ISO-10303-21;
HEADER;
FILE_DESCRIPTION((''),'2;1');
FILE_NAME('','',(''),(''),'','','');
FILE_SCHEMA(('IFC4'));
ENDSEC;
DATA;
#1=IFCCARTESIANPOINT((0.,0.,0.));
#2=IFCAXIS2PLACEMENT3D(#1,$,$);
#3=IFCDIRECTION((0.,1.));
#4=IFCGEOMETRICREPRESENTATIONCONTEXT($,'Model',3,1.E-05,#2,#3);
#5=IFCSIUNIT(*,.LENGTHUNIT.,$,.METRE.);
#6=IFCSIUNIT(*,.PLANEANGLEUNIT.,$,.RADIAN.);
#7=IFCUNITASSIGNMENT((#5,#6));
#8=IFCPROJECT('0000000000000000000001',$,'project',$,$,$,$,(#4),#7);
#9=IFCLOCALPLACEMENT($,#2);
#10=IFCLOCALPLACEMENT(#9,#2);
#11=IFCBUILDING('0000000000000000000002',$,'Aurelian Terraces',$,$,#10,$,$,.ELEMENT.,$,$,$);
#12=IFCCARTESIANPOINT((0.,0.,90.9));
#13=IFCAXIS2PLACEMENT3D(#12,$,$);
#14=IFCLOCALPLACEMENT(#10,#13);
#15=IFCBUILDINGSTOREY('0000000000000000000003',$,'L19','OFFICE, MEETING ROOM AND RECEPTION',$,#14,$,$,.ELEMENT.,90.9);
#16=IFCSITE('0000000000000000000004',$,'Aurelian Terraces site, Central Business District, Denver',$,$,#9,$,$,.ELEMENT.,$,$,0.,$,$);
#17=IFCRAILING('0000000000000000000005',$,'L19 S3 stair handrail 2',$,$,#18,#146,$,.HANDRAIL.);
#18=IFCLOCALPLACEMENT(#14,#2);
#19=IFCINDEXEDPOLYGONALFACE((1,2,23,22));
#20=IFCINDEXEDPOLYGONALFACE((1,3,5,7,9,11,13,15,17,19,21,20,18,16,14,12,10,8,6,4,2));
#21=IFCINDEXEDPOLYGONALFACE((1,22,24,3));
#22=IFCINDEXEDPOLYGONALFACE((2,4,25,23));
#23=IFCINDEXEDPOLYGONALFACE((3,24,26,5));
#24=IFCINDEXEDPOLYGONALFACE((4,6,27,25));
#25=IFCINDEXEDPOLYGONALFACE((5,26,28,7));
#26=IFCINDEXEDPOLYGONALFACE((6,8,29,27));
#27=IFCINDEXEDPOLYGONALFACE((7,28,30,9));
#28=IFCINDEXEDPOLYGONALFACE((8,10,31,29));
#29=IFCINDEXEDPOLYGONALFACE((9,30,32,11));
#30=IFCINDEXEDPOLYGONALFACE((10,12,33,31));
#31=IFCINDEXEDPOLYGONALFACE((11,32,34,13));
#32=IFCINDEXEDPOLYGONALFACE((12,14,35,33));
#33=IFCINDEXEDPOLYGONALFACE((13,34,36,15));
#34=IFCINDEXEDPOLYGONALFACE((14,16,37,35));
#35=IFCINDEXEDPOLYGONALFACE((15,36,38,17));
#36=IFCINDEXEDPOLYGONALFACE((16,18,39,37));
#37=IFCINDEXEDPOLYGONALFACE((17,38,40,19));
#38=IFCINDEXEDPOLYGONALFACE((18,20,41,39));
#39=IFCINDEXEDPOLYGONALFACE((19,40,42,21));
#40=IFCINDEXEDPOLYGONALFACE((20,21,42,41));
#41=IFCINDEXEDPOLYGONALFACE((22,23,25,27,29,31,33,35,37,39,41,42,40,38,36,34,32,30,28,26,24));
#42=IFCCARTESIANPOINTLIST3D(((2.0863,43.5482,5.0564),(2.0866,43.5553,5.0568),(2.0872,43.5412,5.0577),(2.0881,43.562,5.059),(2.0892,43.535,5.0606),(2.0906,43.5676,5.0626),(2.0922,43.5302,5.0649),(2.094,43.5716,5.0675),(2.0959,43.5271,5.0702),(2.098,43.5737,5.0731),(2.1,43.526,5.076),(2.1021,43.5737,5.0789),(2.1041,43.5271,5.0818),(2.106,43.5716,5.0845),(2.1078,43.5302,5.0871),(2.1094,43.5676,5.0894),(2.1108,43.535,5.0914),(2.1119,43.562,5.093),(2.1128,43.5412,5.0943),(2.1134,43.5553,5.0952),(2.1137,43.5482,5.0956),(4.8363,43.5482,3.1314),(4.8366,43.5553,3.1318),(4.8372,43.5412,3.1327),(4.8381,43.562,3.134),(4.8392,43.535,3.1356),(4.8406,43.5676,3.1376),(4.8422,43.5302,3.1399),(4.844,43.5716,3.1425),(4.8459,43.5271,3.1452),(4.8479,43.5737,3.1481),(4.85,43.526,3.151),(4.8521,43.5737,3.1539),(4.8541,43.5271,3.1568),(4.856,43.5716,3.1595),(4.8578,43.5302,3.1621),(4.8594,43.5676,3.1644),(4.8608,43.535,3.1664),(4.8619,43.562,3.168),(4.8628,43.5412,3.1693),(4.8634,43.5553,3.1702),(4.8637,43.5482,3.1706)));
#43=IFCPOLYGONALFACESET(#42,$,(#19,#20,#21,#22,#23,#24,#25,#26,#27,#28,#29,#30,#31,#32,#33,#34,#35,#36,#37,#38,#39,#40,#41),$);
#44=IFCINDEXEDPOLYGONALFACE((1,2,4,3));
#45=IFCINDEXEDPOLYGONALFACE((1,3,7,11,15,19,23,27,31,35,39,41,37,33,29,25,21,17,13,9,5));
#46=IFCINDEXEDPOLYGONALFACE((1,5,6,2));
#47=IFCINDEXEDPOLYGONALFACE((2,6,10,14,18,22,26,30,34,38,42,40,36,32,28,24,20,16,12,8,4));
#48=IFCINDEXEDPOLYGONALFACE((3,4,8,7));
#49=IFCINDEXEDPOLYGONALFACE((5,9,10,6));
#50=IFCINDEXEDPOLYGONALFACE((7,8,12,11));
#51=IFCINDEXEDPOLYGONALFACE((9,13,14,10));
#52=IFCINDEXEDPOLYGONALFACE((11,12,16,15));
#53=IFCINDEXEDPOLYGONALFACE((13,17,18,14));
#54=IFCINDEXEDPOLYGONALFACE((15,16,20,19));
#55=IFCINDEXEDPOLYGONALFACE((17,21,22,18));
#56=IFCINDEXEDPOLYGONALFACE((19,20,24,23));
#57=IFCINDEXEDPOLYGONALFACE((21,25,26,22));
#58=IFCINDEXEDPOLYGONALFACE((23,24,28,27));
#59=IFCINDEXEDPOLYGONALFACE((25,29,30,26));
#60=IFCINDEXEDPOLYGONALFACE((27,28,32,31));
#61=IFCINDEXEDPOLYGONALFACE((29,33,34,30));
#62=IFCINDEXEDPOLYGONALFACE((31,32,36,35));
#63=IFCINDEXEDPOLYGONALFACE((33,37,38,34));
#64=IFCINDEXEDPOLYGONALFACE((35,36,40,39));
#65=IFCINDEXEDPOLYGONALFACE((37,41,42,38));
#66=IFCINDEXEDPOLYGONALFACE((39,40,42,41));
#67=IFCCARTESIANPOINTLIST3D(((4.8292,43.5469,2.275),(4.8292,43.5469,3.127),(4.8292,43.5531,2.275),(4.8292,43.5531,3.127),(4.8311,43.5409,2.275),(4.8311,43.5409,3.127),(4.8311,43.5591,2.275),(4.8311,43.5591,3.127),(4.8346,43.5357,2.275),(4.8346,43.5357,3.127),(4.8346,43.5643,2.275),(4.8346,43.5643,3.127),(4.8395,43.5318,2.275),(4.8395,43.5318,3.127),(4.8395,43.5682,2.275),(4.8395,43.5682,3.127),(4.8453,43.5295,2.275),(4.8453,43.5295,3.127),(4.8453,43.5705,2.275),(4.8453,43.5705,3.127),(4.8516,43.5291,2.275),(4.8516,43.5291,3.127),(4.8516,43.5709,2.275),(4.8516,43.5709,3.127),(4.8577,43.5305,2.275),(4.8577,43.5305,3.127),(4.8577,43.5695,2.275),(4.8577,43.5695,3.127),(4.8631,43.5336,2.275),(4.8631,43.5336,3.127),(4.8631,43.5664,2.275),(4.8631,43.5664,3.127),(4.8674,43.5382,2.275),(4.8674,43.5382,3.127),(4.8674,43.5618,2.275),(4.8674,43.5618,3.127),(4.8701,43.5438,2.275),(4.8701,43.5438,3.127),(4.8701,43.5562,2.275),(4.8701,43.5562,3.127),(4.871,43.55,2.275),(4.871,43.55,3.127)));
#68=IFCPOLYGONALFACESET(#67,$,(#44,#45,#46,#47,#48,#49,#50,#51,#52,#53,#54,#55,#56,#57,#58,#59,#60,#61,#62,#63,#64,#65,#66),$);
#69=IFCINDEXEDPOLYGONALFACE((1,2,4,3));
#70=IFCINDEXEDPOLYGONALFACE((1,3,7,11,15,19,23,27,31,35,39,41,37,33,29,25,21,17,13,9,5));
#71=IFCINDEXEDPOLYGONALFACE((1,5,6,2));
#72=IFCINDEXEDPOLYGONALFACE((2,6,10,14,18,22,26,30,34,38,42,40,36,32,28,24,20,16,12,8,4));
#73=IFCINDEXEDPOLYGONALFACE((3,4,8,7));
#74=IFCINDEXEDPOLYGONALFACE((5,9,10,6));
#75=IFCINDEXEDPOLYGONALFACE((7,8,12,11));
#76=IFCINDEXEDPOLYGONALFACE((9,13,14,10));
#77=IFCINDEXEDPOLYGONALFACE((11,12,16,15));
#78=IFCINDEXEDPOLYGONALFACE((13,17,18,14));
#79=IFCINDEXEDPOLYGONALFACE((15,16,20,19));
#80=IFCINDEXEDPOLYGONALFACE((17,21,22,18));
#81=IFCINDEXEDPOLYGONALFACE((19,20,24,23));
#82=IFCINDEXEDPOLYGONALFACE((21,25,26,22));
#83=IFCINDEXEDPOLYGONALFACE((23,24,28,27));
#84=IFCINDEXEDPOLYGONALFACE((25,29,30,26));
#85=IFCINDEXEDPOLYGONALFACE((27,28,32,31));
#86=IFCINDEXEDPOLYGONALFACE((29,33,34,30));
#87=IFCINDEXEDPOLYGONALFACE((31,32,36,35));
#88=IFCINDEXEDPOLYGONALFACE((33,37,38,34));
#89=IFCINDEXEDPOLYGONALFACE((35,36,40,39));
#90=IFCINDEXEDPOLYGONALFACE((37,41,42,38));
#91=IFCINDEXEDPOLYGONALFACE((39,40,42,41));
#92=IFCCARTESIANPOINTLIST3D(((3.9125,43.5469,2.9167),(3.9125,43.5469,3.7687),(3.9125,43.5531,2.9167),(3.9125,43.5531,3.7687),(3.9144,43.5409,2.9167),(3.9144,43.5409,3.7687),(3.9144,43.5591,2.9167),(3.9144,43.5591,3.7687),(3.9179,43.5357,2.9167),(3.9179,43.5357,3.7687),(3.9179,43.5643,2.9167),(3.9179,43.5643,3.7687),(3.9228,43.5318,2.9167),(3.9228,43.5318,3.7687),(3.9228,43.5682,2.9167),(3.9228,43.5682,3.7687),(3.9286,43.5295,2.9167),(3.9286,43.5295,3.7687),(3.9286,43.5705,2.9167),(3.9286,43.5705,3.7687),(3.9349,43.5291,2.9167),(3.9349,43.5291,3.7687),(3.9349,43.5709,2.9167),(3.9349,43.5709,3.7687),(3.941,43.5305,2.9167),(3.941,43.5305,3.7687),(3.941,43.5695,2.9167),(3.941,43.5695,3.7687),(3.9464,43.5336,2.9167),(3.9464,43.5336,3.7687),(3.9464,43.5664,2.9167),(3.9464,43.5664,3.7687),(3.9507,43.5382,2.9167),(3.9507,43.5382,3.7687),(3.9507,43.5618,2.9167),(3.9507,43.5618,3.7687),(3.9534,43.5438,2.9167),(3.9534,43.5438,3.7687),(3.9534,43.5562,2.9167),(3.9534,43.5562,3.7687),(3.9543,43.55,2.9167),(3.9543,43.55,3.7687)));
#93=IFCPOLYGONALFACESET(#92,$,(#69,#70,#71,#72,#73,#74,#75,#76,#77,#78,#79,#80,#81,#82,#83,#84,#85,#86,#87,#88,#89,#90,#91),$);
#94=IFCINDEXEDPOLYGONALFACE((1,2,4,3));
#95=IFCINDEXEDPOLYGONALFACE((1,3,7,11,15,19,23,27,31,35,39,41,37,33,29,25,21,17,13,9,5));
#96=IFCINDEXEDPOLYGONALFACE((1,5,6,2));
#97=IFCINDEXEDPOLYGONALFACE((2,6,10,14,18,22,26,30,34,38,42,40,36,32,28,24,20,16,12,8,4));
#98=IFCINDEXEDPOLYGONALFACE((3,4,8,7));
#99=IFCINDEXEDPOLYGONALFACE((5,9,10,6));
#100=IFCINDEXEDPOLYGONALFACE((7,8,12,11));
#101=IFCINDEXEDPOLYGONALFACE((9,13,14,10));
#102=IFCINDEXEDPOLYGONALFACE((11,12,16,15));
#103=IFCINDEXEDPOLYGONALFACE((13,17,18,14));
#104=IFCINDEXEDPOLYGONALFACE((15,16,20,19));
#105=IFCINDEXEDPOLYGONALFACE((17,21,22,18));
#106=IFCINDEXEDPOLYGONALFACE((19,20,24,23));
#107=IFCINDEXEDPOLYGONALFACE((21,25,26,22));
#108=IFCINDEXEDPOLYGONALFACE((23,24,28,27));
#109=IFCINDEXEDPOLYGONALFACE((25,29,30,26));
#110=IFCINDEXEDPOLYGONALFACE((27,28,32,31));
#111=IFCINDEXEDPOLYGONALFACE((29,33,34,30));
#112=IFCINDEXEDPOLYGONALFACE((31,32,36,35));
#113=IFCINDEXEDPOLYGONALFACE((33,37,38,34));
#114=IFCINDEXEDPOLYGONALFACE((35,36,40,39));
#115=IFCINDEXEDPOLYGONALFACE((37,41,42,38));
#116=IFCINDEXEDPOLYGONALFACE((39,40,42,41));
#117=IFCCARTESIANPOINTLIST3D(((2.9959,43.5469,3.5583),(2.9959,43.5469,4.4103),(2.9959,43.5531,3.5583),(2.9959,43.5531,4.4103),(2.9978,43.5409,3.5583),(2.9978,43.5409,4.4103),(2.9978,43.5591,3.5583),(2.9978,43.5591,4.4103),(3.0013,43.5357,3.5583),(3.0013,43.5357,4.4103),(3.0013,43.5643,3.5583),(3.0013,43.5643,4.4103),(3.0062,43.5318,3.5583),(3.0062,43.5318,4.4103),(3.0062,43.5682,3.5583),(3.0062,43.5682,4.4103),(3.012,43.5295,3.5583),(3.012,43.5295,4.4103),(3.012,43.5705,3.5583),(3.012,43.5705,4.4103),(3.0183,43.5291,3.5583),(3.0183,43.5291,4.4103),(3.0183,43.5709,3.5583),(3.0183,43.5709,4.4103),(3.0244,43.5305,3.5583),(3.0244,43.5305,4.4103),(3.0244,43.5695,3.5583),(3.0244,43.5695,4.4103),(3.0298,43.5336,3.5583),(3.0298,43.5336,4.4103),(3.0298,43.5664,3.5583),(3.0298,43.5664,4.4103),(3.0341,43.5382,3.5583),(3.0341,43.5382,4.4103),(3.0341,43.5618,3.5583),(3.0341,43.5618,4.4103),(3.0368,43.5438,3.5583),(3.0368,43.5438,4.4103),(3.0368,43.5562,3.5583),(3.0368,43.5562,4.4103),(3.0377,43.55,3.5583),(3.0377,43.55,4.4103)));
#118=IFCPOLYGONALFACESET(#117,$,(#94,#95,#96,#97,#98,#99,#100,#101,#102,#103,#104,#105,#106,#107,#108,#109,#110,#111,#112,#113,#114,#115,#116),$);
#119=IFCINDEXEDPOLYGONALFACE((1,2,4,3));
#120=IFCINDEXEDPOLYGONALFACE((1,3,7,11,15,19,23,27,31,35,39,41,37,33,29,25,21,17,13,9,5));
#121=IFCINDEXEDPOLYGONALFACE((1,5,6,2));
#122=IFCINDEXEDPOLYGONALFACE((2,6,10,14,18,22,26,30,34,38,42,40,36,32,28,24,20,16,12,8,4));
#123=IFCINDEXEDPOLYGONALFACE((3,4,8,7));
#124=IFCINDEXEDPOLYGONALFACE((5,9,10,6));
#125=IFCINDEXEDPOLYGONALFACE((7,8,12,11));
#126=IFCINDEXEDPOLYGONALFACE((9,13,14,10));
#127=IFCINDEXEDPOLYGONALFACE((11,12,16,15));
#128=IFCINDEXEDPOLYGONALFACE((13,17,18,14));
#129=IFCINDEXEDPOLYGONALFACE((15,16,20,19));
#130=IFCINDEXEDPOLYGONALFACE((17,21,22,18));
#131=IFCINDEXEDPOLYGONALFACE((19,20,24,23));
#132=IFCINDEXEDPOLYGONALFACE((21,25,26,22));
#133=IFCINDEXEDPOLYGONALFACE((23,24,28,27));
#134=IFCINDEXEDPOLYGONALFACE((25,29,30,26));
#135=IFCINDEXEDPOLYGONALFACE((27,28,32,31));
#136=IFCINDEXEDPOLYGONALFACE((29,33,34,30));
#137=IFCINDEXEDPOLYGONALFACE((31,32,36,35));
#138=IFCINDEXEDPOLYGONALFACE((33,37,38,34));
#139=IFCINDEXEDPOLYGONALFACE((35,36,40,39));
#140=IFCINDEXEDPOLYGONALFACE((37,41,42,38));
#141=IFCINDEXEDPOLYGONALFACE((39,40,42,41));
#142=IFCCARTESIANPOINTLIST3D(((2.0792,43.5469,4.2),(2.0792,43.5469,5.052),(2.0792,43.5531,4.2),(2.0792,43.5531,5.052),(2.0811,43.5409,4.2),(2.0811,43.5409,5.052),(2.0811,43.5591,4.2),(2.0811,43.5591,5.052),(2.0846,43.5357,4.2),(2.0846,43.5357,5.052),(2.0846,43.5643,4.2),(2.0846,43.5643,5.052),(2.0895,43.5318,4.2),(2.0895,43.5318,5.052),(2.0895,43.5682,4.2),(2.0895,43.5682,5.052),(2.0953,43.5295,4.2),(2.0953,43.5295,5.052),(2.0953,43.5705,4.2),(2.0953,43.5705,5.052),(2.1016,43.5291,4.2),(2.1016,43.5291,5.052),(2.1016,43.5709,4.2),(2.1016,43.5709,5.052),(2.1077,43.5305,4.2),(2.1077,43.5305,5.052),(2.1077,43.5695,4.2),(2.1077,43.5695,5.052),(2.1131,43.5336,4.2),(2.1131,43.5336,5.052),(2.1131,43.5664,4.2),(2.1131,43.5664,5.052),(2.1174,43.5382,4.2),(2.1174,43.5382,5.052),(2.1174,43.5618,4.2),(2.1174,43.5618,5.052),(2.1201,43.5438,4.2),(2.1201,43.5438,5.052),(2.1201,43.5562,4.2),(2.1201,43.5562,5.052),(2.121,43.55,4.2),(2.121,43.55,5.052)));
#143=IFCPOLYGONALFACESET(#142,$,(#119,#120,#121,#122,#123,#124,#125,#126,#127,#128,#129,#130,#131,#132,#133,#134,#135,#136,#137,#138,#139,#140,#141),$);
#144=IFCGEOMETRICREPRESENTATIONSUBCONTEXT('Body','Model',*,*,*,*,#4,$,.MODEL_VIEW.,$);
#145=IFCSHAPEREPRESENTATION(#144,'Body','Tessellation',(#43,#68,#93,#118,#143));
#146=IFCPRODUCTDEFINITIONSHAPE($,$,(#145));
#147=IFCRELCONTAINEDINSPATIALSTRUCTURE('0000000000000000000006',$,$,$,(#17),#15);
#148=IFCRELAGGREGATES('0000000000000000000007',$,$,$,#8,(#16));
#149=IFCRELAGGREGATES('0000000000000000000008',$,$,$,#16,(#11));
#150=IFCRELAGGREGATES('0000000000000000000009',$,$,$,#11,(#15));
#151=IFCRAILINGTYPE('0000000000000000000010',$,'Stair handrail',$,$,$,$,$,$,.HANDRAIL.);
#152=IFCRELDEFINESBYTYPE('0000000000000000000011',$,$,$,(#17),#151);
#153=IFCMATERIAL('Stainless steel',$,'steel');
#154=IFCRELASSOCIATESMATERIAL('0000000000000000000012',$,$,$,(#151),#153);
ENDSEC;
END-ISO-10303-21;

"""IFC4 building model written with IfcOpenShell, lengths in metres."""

from ifc_helpers import new_model, si_unit, direction, frame, origin, origin_2d, place, context, subcontext, project, spatial, circle, extrude, source, transform, mapped, material, type_object, element, save


model = new_model("IFC4")

# Units and contexts
model_context = context("Model", 3, precision=1e-05, world=origin(), true_north=direction((0.0, 1.0)))
body_context = subcontext(model_context, "Body", "Model", "MODEL_VIEW")
ifc_project = project(units=[si_unit("LENGTHUNIT", "METRE"), si_unit("PLANEANGLEUNIT", "RADIAN")], contexts=[model_context])

# Site, building, storey
site_placement = place(None, origin())
site = spatial("IfcSite", under=ifc_project, at=site_placement, Name="Aurelian Terraces site, Central Business District, Denver", CompositionType="ELEMENT", RefElevation=0.0)
building_placement = place(site_placement, origin())
building = spatial("IfcBuilding", under=site, at=building_placement, Name="Aurelian Terraces", CompositionType="ELEMENT")
storey_placement = place(building_placement, frame((0.0, 0.0, 90.9)))
storey = spatial("IfcBuildingStorey", under=building, at=storey_placement, Name="L19", Description="OFFICE, MEETING ROOM AND RECEPTION", CompositionType="ELEMENT", Elevation=90.9)

# Railing
ifc_material_1 = material(Name="Stainless steel", Category="steel")
railing_type_1 = type_object("IfcRailingType", Name="Stair handrail", PredefinedType="HANDRAIL", material=ifc_material_1)
shared_shape_1 = source(origin(), body_context, "Body", "SweptSolid", [
    extrude(circle(Radius=0.024, at=origin_2d()), frame((0.0, 0.0, 0.876), z_axis=(-0.819232, 0.0, 0.573462), x_axis=(0.0, -1.0, 0.0)), (0.0, 0.0, 1.0), 3.3568),
    extrude(circle(Radius=0.021, at=origin_2d()), origin(), (0.0, 0.0, 1.0), 0.852),
    extrude(circle(Radius=0.021, at=origin_2d()), frame((-0.9167, 0.0, 0.6417)), (0.0, 0.0, 1.0), 0.852),
    extrude(circle(Radius=0.021, at=origin_2d()), frame((-1.8333, 0.0, 1.2833)), (0.0, 0.0, 1.0), 0.852),
    extrude(circle(Radius=0.021, at=origin_2d()), frame((-2.75, 0.0, 1.925)), (0.0, 0.0, 1.0), 0.852),
])
railing_1_placement = place(storey_placement, frame((4.85, 43.55, 2.275)))
element("IfcRailing", 1, at=railing_1_placement, inside=storey, type_object=railing_type_1, Name="L19 S3 stair handrail 2", PredefinedType="HANDRAIL", context=body_context, shape_type="MappedRepresentation", body=[
    mapped(shared_shape_1, transform((0.0, 0.0, 0.0), scale=1.0)),
])

save(model, "model.ifc")
